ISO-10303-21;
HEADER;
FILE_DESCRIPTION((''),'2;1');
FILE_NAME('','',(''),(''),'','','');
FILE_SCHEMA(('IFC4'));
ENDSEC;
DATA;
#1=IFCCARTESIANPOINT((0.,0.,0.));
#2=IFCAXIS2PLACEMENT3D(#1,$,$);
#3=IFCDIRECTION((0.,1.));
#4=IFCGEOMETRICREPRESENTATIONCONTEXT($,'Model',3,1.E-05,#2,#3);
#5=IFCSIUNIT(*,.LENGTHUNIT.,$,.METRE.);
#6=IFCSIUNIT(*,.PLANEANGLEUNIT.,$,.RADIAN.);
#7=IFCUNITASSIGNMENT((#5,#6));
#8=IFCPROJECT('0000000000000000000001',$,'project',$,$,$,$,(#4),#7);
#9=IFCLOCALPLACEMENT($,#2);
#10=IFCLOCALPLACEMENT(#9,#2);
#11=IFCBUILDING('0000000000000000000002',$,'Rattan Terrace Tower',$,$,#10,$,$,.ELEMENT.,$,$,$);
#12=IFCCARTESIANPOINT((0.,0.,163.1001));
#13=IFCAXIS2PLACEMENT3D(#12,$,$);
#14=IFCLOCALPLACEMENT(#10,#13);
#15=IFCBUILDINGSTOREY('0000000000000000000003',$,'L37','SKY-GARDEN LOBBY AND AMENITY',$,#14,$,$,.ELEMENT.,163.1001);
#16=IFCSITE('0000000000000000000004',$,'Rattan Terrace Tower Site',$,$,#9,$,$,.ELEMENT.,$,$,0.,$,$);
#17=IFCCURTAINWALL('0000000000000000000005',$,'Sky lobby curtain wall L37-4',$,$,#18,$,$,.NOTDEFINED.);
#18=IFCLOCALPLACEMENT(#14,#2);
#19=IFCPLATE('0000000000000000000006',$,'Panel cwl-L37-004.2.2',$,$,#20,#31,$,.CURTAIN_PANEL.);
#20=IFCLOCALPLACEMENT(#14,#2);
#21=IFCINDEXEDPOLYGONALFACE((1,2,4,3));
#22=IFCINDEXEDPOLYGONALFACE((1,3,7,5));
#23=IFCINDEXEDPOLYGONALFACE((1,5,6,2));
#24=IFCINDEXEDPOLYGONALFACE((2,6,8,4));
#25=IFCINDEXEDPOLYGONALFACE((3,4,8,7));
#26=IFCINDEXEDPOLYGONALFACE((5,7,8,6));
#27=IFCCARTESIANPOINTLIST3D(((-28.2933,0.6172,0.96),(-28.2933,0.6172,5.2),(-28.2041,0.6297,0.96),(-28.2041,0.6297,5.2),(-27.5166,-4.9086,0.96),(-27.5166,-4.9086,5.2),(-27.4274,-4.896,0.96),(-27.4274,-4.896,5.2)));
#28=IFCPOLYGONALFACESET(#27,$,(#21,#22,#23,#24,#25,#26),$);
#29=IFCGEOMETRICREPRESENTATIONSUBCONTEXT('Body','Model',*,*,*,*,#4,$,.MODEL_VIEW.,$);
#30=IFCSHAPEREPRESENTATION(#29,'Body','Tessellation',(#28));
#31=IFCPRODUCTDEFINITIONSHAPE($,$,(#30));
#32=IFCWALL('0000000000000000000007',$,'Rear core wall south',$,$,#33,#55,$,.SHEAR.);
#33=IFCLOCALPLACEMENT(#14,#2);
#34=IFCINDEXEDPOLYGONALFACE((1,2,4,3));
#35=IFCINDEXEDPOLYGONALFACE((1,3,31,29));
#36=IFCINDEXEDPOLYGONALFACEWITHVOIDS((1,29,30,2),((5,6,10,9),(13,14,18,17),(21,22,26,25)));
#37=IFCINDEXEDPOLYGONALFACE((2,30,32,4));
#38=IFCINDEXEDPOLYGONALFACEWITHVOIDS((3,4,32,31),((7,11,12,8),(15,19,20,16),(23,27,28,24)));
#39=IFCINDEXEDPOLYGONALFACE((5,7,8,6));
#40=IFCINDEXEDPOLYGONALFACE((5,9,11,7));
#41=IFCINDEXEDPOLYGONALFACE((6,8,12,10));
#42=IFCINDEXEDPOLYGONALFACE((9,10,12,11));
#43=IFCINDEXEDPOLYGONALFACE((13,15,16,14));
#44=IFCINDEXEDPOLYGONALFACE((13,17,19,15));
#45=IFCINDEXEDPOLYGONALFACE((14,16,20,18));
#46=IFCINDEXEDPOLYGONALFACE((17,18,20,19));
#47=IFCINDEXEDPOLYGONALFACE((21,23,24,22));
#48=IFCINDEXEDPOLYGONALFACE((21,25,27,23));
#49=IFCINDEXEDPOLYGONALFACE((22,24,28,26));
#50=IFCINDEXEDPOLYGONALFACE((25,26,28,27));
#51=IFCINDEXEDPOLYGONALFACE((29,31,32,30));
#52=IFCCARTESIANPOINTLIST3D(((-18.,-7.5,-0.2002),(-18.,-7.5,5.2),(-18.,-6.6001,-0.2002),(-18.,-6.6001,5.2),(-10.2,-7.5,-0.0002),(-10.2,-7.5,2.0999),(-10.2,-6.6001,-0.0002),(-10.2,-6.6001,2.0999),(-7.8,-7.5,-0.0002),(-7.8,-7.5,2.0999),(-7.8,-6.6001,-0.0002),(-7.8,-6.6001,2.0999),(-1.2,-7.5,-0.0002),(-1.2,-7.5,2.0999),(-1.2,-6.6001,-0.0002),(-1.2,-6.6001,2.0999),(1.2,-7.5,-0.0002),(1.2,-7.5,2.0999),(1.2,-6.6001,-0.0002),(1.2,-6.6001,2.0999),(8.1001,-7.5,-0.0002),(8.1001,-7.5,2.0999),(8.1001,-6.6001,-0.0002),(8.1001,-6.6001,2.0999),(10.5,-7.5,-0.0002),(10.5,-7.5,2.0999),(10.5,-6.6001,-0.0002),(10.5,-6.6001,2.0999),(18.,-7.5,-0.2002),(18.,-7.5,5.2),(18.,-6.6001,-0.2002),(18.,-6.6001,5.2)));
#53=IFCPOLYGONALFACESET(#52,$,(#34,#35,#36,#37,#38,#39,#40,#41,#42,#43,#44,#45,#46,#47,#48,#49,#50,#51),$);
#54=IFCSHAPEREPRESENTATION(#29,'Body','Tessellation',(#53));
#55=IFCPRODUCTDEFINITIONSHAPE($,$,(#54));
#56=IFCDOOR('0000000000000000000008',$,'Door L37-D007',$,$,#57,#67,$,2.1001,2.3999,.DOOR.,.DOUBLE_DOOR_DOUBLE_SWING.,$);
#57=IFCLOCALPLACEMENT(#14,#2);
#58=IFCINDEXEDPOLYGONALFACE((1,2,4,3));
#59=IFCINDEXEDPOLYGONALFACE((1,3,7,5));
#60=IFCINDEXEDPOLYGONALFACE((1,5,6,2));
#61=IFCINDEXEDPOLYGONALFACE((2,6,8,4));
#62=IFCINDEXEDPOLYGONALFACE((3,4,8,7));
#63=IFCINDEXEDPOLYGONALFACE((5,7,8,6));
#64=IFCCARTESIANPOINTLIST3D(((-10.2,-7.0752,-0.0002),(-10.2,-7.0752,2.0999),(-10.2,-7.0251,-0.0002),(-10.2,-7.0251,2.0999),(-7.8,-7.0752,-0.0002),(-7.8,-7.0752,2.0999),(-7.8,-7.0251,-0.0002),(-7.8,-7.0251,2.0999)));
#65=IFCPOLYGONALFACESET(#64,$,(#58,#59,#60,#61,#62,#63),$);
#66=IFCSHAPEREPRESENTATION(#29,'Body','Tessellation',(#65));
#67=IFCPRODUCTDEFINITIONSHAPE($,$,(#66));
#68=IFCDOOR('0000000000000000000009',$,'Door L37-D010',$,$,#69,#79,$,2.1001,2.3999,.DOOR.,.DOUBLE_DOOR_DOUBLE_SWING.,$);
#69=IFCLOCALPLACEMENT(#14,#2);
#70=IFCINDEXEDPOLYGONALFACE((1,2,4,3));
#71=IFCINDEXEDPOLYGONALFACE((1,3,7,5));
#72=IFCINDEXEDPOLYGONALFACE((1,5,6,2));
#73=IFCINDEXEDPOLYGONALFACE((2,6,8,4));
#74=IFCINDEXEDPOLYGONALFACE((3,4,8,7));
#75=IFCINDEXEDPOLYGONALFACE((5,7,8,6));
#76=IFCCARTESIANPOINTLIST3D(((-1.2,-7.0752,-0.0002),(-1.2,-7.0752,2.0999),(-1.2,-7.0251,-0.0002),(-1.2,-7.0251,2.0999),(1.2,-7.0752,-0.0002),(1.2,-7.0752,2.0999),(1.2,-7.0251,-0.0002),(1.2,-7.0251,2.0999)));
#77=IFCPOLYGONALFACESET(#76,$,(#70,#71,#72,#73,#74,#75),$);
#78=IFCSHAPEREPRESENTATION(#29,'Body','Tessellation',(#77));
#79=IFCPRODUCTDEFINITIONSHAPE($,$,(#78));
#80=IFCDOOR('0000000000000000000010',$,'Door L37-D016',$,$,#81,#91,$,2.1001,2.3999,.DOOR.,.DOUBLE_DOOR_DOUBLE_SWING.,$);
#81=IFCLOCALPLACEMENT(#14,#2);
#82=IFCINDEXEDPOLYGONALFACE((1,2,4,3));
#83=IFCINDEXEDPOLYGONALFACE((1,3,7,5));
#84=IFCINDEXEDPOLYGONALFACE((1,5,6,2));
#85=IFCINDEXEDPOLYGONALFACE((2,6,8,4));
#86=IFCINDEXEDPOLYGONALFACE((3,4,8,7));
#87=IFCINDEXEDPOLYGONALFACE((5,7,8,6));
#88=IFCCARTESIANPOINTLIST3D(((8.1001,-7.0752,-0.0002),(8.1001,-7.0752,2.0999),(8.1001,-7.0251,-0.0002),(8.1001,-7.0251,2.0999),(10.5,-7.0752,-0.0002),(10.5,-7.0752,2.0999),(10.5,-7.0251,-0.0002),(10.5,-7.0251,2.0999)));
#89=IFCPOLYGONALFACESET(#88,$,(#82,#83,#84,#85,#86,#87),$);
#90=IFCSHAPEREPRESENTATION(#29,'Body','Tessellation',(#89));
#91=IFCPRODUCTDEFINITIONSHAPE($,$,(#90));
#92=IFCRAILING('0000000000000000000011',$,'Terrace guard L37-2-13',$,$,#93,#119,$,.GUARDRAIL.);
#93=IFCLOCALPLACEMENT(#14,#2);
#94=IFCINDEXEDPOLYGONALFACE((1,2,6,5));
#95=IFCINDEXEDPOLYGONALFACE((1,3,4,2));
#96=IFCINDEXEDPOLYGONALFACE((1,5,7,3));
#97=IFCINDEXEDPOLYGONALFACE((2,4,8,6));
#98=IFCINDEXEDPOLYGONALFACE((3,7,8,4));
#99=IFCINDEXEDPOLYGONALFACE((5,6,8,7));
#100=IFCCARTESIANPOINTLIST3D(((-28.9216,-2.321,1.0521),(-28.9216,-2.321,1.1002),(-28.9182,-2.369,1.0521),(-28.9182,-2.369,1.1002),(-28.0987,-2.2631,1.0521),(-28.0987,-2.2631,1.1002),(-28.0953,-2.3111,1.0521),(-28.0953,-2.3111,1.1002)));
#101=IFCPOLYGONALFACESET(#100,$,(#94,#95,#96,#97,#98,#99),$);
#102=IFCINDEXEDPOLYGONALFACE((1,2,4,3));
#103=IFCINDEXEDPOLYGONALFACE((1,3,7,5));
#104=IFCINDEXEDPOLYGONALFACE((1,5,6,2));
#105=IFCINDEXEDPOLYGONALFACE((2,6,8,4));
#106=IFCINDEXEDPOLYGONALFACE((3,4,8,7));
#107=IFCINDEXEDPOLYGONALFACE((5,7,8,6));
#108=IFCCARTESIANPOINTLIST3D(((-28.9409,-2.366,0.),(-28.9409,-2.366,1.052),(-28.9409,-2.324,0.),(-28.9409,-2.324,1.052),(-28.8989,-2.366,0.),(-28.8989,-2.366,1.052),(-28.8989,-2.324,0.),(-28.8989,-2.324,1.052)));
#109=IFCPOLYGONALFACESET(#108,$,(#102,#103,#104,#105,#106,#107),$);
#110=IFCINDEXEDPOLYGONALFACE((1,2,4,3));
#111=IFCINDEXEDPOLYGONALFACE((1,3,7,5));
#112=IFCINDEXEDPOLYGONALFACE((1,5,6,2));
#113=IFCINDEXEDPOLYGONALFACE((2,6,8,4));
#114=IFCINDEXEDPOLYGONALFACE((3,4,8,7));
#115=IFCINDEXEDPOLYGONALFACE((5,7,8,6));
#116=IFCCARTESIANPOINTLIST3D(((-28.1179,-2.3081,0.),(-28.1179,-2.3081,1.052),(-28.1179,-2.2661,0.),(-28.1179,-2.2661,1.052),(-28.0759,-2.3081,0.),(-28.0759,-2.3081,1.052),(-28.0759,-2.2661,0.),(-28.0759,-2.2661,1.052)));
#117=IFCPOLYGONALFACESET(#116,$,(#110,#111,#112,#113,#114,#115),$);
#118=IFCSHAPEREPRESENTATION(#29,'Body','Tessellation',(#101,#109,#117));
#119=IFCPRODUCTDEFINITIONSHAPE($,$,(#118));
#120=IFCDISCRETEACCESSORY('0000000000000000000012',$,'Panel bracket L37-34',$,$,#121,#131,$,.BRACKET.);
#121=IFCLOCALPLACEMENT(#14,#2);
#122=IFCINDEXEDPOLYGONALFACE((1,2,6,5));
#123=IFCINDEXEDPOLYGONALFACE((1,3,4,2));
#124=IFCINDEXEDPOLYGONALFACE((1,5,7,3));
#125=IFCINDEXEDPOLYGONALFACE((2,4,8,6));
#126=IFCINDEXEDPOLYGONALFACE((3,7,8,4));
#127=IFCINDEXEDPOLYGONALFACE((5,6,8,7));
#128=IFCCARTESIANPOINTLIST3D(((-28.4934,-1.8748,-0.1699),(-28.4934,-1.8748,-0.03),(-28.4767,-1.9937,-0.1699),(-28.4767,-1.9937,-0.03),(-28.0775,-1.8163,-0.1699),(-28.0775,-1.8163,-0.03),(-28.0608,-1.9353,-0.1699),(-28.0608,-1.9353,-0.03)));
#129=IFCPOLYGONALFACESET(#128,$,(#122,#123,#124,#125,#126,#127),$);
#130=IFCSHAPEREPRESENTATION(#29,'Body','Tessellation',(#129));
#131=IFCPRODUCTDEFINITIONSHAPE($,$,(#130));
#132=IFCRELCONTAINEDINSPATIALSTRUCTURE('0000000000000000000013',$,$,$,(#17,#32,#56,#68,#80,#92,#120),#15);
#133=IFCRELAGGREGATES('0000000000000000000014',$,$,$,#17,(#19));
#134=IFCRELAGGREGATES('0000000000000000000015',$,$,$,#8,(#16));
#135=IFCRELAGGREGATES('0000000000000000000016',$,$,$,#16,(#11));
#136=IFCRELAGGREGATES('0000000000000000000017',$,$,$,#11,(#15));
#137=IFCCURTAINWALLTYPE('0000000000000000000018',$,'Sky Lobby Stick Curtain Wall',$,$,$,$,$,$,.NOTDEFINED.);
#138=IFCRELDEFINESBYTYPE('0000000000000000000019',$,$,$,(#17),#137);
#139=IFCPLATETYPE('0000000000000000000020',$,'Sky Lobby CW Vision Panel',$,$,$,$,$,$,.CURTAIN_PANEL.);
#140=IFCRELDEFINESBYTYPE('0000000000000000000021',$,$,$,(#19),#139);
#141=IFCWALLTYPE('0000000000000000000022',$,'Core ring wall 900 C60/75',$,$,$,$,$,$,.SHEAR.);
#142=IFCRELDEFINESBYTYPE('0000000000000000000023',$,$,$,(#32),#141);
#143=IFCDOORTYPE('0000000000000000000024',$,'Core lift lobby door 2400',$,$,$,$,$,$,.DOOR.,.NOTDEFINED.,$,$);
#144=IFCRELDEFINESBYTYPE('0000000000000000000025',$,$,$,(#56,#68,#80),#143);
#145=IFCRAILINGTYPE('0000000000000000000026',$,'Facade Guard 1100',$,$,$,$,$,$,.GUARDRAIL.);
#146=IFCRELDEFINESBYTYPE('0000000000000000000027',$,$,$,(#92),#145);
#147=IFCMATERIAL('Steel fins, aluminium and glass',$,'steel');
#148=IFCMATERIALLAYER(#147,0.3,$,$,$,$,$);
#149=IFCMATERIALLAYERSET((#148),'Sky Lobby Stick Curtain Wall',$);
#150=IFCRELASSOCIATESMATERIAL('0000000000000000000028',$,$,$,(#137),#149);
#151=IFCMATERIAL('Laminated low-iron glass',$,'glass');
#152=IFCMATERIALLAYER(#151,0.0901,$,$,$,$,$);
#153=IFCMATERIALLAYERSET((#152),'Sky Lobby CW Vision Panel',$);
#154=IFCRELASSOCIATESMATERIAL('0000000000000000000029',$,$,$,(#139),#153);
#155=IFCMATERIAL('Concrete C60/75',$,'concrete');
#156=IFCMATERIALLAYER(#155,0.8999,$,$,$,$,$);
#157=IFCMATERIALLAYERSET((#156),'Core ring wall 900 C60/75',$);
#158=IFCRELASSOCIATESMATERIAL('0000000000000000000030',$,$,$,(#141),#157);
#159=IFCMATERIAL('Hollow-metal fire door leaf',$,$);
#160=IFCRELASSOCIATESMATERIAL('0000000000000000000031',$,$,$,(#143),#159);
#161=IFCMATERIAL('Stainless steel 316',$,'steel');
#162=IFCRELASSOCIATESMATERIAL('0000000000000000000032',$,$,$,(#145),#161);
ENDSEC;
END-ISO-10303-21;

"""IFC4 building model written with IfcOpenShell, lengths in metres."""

from ifc_helpers import new_model, si_unit, direction, frame, frame_2d, origin, origin_2d, place, context, subcontext, project, spatial, rectangle, extrude, material, layer, layer_set, type_object, element, fill, aggregate, save


model = new_model("IFC4")

# Units and contexts
model_context = context("Model", 3, precision=1e-05, world=origin(), true_north=direction((0.0, 1.0)))
body_context = subcontext(model_context, "Body", "Model", "MODEL_VIEW")
ifc_project = project(units=[si_unit("LENGTHUNIT", "METRE"), si_unit("PLANEANGLEUNIT", "RADIAN")], contexts=[model_context])

# Site, building, storey
site_placement = place(None, origin())
site = spatial("IfcSite", under=ifc_project, at=site_placement, Name="Rattan Terrace Tower Site", CompositionType="ELEMENT", RefElevation=0.0)
building_placement = place(site_placement, origin())
building = spatial("IfcBuilding", under=site, at=building_placement, Name="Rattan Terrace Tower", CompositionType="ELEMENT")
storey_placement = place(building_placement, frame((0.0, 0.0, 163.1001)))
storey = spatial("IfcBuildingStorey", under=building, at=storey_placement, Name="L37", Description="SKY-GARDEN LOBBY AND AMENITY", CompositionType="ELEMENT", Elevation=163.1001)

# Curtain wall
ifc_material_1 = material(Name="Steel fins, aluminium and glass", Category="steel")
ifc_layer_1 = layer(ifc_material_1, 0.3)
ifc_layer_set_1 = layer_set([ifc_layer_1], Name="Sky Lobby Stick Curtain Wall")
curtain_wall_type = type_object("IfcCurtainWallType", Name="Sky Lobby Stick Curtain Wall", PredefinedType="NOTDEFINED", material=ifc_layer_set_1)
curtain_wall_1_placement = place(storey_placement, origin())
curtain_wall_1 = element("IfcCurtainWall", 1, at=curtain_wall_1_placement, inside=storey, type_object=curtain_wall_type, Name="Sky lobby curtain wall L37-4", PredefinedType="NOTDEFINED")

# Plate
ifc_material_2 = material(Name="Laminated low-iron glass", Category="glass")
ifc_layer_2 = layer(ifc_material_2, 0.0901)
ifc_layer_set_2 = layer_set([ifc_layer_2], Name="Sky Lobby CW Vision Panel")
plate_type_1 = type_object("IfcPlateType", Name="Sky Lobby CW Vision Panel", PredefinedType="CURTAIN_PANEL", material=ifc_layer_set_2)
plate_1_placement = place(storey_placement, frame((-27.8604, -2.1394, 0.96), z_axis=(0.0, 0.0, 1.0), x_axis=(0.139191, -0.990266, 0.0)))
plate_1 = element("IfcPlate", 2, at=plate_1_placement, type_object=plate_type_1, Name="Panel cwl-L37-004.2.2", PredefinedType="CURTAIN_PANEL", context=body_context, shape_type="SweptSolid", body=[
    extrude(rectangle(XDim=5.5801, YDim=0.0901, at=origin_2d()), origin(), (0.0, 0.0, 1.0), 4.24),
])
aggregate(curtain_wall_1, [plate_1])

# Wall, openings, doors
ifc_material_3 = material(Name="Concrete C60/75", Category="concrete")
ifc_layer_3 = layer(ifc_material_3, 0.8999)
ifc_layer_set_3 = layer_set([ifc_layer_3], Name="Core ring wall 900 C60/75")
wall_type_1 = type_object("IfcWallType", Name="Core ring wall 900 C60/75", PredefinedType="SHEAR", material=ifc_layer_set_3)
wall_1_placement = place(storey_placement, frame((-18.0, -7.05, -0.2002), z_axis=(0.0, 0.0, 1.0), x_axis=(1.0, 0.0, 0.0)))
wall_1 = element("IfcWall", 3, at=wall_1_placement, inside=storey, type_object=wall_type_1, Name="Rear core wall south", PredefinedType="SHEAR", context=body_context, shape_type="SweptSolid", body=[
    extrude(rectangle(XDim=36.0, YDim=0.8999, at=frame_2d((18.0, 0.0))), origin(), (0.0, 0.0, 1.0), 5.4001),
])
opening_1_placement = place(wall_1_placement, frame((7.8, 0.0, 0.2)))
opening_1 = element("IfcOpeningElement", 4, at=opening_1_placement, cuts=wall_1, PredefinedType="OPENING", context=body_context, shape_type="SweptSolid", body=[
    extrude(rectangle(XDim=2.3999, YDim=2.1001, at=frame_2d((1.2, 1.05))), frame((0.0, 0.4604, 0.0), z_axis=(0.0, -1.0, 0.0), x_axis=(1.0, 0.0, 0.0)), (0.0, 0.0, 1.0), 0.9209),
])
opening_2_placement = place(wall_1_placement, frame((16.8, 0.0, 0.2)))
opening_2 = element("IfcOpeningElement", 5, at=opening_2_placement, cuts=wall_1, PredefinedType="OPENING", context=body_context, shape_type="SweptSolid", body=[
    extrude(rectangle(XDim=2.3999, YDim=2.1001, at=frame_2d((1.2, 1.05))), frame((0.0, 0.4604, 0.0), z_axis=(0.0, -1.0, 0.0), x_axis=(1.0, 0.0, 0.0)), (0.0, 0.0, 1.0), 0.9209),
])
opening_3_placement = place(wall_1_placement, frame((26.1001, 0.0, 0.2)))
opening_3 = element("IfcOpeningElement", 6, at=opening_3_placement, cuts=wall_1, PredefinedType="OPENING", context=body_context, shape_type="SweptSolid", body=[
    extrude(rectangle(XDim=2.3999, YDim=2.1001, at=frame_2d((1.2, 1.05))), frame((0.0, 0.4604, 0.0), z_axis=(0.0, -1.0, 0.0), x_axis=(1.0, 0.0, 0.0)), (0.0, 0.0, 1.0), 0.9209),
])
ifc_material_4 = material(Name="Hollow-metal fire door leaf")
door_type_1 = type_object("IfcDoorType", Name="Core lift lobby door 2400", OperationType="NOTDEFINED", PredefinedType="DOOR", material=ifc_material_4)
door_1_placement = place(opening_1_placement, origin())
door_1 = element("IfcDoor", 7, at=door_1_placement, inside=storey, type_object=door_type_1, Name="Door L37-D007", OperationType="DOUBLE_DOOR_DOUBLE_SWING", OverallHeight=2.1001, OverallWidth=2.3999, PredefinedType="DOOR", context=body_context, shape_type="SweptSolid", body=[
    extrude(rectangle(XDim=2.3999, YDim=2.1001, at=frame_2d((1.2, 1.05))), frame((0.0, 0.0249, 0.0), z_axis=(0.0, -1.0, 0.0), x_axis=(1.0, 0.0, 0.0)), (0.0, 0.0, 1.0), 0.05),
])
fill(opening_1, door_1)
door_2_placement = place(opening_2_placement, origin())
door_2 = element("IfcDoor", 8, at=door_2_placement, inside=storey, type_object=door_type_1, Name="Door L37-D010", OperationType="DOUBLE_DOOR_DOUBLE_SWING", OverallHeight=2.1001, OverallWidth=2.3999, PredefinedType="DOOR", context=body_context, shape_type="SweptSolid", body=[
    extrude(rectangle(XDim=2.3999, YDim=2.1001, at=frame_2d((1.2, 1.05))), frame((0.0, 0.0249, 0.0), z_axis=(0.0, -1.0, 0.0), x_axis=(1.0, 0.0, 0.0)), (0.0, 0.0, 1.0), 0.05),
])
fill(opening_2, door_2)
door_3_placement = place(opening_3_placement, origin())
door_3 = element("IfcDoor", 9, at=door_3_placement, inside=storey, type_object=door_type_1, Name="Door L37-D016", OperationType="DOUBLE_DOOR_DOUBLE_SWING", OverallHeight=2.1001, OverallWidth=2.3999, PredefinedType="DOOR", context=body_context, shape_type="SweptSolid", body=[
    extrude(rectangle(XDim=2.3999, YDim=2.1001, at=frame_2d((1.2, 1.05))), frame((0.0, 0.0249, 0.0), z_axis=(0.0, -1.0, 0.0), x_axis=(1.0, 0.0, 0.0)), (0.0, 0.0, 1.0), 0.05),
])
fill(opening_3, door_3)

# Railing
ifc_material_5 = material(Name="Stainless steel 316", Category="steel")
railing_type = type_object("IfcRailingType", Name="Facade Guard 1100", PredefinedType="GUARDRAIL", material=ifc_material_5)
railing_placement = place(storey_placement, frame((-28.9199, -2.345, 0.0)))
element("IfcRailing", 10, at=railing_placement, inside=storey, type_object=railing_type, Name="Terrace guard L37-2-13", PredefinedType="GUARDRAIL", context=body_context, shape_type="SweptSolid", body=[
    extrude(rectangle(XDim=0.0481, YDim=0.0481, at=origin_2d()), frame((0.0, 0.0, 1.0762), z_axis=(0.997538, 0.070132, 0.0), x_axis=(-0.070132, 0.997538, 0.0)), (0.0, 0.0, 1.0), 0.825),
    extrude(rectangle(XDim=0.042, YDim=0.042, at=origin_2d()), origin(), (0.0, 0.0, 1.0), 1.052),
    extrude(rectangle(XDim=0.042, YDim=0.042, at=origin_2d()), frame((0.823, 0.0579, 0.0)), (0.0, 0.0, 1.0), 1.052),
])

# Discrete accessory
discrete_accessory_placement = place(storey_placement, frame((-28.2771, -1.905, -0.1699), z_axis=(0.0, 0.0, 1.0), x_axis=(0.139191, -0.990266, 0.0)))
element("IfcDiscreteAccessory", 11, at=discrete_accessory_placement, inside=storey, Name="Panel bracket L37-34", PredefinedType="BRACKET", context=body_context, shape_type="SweptSolid", body=[
    extrude(rectangle(XDim=0.1201, YDim=0.4199, at=origin_2d()), origin(), (0.0, 0.0, 1.0), 0.1399),
])

save(model, "model.ifc")
